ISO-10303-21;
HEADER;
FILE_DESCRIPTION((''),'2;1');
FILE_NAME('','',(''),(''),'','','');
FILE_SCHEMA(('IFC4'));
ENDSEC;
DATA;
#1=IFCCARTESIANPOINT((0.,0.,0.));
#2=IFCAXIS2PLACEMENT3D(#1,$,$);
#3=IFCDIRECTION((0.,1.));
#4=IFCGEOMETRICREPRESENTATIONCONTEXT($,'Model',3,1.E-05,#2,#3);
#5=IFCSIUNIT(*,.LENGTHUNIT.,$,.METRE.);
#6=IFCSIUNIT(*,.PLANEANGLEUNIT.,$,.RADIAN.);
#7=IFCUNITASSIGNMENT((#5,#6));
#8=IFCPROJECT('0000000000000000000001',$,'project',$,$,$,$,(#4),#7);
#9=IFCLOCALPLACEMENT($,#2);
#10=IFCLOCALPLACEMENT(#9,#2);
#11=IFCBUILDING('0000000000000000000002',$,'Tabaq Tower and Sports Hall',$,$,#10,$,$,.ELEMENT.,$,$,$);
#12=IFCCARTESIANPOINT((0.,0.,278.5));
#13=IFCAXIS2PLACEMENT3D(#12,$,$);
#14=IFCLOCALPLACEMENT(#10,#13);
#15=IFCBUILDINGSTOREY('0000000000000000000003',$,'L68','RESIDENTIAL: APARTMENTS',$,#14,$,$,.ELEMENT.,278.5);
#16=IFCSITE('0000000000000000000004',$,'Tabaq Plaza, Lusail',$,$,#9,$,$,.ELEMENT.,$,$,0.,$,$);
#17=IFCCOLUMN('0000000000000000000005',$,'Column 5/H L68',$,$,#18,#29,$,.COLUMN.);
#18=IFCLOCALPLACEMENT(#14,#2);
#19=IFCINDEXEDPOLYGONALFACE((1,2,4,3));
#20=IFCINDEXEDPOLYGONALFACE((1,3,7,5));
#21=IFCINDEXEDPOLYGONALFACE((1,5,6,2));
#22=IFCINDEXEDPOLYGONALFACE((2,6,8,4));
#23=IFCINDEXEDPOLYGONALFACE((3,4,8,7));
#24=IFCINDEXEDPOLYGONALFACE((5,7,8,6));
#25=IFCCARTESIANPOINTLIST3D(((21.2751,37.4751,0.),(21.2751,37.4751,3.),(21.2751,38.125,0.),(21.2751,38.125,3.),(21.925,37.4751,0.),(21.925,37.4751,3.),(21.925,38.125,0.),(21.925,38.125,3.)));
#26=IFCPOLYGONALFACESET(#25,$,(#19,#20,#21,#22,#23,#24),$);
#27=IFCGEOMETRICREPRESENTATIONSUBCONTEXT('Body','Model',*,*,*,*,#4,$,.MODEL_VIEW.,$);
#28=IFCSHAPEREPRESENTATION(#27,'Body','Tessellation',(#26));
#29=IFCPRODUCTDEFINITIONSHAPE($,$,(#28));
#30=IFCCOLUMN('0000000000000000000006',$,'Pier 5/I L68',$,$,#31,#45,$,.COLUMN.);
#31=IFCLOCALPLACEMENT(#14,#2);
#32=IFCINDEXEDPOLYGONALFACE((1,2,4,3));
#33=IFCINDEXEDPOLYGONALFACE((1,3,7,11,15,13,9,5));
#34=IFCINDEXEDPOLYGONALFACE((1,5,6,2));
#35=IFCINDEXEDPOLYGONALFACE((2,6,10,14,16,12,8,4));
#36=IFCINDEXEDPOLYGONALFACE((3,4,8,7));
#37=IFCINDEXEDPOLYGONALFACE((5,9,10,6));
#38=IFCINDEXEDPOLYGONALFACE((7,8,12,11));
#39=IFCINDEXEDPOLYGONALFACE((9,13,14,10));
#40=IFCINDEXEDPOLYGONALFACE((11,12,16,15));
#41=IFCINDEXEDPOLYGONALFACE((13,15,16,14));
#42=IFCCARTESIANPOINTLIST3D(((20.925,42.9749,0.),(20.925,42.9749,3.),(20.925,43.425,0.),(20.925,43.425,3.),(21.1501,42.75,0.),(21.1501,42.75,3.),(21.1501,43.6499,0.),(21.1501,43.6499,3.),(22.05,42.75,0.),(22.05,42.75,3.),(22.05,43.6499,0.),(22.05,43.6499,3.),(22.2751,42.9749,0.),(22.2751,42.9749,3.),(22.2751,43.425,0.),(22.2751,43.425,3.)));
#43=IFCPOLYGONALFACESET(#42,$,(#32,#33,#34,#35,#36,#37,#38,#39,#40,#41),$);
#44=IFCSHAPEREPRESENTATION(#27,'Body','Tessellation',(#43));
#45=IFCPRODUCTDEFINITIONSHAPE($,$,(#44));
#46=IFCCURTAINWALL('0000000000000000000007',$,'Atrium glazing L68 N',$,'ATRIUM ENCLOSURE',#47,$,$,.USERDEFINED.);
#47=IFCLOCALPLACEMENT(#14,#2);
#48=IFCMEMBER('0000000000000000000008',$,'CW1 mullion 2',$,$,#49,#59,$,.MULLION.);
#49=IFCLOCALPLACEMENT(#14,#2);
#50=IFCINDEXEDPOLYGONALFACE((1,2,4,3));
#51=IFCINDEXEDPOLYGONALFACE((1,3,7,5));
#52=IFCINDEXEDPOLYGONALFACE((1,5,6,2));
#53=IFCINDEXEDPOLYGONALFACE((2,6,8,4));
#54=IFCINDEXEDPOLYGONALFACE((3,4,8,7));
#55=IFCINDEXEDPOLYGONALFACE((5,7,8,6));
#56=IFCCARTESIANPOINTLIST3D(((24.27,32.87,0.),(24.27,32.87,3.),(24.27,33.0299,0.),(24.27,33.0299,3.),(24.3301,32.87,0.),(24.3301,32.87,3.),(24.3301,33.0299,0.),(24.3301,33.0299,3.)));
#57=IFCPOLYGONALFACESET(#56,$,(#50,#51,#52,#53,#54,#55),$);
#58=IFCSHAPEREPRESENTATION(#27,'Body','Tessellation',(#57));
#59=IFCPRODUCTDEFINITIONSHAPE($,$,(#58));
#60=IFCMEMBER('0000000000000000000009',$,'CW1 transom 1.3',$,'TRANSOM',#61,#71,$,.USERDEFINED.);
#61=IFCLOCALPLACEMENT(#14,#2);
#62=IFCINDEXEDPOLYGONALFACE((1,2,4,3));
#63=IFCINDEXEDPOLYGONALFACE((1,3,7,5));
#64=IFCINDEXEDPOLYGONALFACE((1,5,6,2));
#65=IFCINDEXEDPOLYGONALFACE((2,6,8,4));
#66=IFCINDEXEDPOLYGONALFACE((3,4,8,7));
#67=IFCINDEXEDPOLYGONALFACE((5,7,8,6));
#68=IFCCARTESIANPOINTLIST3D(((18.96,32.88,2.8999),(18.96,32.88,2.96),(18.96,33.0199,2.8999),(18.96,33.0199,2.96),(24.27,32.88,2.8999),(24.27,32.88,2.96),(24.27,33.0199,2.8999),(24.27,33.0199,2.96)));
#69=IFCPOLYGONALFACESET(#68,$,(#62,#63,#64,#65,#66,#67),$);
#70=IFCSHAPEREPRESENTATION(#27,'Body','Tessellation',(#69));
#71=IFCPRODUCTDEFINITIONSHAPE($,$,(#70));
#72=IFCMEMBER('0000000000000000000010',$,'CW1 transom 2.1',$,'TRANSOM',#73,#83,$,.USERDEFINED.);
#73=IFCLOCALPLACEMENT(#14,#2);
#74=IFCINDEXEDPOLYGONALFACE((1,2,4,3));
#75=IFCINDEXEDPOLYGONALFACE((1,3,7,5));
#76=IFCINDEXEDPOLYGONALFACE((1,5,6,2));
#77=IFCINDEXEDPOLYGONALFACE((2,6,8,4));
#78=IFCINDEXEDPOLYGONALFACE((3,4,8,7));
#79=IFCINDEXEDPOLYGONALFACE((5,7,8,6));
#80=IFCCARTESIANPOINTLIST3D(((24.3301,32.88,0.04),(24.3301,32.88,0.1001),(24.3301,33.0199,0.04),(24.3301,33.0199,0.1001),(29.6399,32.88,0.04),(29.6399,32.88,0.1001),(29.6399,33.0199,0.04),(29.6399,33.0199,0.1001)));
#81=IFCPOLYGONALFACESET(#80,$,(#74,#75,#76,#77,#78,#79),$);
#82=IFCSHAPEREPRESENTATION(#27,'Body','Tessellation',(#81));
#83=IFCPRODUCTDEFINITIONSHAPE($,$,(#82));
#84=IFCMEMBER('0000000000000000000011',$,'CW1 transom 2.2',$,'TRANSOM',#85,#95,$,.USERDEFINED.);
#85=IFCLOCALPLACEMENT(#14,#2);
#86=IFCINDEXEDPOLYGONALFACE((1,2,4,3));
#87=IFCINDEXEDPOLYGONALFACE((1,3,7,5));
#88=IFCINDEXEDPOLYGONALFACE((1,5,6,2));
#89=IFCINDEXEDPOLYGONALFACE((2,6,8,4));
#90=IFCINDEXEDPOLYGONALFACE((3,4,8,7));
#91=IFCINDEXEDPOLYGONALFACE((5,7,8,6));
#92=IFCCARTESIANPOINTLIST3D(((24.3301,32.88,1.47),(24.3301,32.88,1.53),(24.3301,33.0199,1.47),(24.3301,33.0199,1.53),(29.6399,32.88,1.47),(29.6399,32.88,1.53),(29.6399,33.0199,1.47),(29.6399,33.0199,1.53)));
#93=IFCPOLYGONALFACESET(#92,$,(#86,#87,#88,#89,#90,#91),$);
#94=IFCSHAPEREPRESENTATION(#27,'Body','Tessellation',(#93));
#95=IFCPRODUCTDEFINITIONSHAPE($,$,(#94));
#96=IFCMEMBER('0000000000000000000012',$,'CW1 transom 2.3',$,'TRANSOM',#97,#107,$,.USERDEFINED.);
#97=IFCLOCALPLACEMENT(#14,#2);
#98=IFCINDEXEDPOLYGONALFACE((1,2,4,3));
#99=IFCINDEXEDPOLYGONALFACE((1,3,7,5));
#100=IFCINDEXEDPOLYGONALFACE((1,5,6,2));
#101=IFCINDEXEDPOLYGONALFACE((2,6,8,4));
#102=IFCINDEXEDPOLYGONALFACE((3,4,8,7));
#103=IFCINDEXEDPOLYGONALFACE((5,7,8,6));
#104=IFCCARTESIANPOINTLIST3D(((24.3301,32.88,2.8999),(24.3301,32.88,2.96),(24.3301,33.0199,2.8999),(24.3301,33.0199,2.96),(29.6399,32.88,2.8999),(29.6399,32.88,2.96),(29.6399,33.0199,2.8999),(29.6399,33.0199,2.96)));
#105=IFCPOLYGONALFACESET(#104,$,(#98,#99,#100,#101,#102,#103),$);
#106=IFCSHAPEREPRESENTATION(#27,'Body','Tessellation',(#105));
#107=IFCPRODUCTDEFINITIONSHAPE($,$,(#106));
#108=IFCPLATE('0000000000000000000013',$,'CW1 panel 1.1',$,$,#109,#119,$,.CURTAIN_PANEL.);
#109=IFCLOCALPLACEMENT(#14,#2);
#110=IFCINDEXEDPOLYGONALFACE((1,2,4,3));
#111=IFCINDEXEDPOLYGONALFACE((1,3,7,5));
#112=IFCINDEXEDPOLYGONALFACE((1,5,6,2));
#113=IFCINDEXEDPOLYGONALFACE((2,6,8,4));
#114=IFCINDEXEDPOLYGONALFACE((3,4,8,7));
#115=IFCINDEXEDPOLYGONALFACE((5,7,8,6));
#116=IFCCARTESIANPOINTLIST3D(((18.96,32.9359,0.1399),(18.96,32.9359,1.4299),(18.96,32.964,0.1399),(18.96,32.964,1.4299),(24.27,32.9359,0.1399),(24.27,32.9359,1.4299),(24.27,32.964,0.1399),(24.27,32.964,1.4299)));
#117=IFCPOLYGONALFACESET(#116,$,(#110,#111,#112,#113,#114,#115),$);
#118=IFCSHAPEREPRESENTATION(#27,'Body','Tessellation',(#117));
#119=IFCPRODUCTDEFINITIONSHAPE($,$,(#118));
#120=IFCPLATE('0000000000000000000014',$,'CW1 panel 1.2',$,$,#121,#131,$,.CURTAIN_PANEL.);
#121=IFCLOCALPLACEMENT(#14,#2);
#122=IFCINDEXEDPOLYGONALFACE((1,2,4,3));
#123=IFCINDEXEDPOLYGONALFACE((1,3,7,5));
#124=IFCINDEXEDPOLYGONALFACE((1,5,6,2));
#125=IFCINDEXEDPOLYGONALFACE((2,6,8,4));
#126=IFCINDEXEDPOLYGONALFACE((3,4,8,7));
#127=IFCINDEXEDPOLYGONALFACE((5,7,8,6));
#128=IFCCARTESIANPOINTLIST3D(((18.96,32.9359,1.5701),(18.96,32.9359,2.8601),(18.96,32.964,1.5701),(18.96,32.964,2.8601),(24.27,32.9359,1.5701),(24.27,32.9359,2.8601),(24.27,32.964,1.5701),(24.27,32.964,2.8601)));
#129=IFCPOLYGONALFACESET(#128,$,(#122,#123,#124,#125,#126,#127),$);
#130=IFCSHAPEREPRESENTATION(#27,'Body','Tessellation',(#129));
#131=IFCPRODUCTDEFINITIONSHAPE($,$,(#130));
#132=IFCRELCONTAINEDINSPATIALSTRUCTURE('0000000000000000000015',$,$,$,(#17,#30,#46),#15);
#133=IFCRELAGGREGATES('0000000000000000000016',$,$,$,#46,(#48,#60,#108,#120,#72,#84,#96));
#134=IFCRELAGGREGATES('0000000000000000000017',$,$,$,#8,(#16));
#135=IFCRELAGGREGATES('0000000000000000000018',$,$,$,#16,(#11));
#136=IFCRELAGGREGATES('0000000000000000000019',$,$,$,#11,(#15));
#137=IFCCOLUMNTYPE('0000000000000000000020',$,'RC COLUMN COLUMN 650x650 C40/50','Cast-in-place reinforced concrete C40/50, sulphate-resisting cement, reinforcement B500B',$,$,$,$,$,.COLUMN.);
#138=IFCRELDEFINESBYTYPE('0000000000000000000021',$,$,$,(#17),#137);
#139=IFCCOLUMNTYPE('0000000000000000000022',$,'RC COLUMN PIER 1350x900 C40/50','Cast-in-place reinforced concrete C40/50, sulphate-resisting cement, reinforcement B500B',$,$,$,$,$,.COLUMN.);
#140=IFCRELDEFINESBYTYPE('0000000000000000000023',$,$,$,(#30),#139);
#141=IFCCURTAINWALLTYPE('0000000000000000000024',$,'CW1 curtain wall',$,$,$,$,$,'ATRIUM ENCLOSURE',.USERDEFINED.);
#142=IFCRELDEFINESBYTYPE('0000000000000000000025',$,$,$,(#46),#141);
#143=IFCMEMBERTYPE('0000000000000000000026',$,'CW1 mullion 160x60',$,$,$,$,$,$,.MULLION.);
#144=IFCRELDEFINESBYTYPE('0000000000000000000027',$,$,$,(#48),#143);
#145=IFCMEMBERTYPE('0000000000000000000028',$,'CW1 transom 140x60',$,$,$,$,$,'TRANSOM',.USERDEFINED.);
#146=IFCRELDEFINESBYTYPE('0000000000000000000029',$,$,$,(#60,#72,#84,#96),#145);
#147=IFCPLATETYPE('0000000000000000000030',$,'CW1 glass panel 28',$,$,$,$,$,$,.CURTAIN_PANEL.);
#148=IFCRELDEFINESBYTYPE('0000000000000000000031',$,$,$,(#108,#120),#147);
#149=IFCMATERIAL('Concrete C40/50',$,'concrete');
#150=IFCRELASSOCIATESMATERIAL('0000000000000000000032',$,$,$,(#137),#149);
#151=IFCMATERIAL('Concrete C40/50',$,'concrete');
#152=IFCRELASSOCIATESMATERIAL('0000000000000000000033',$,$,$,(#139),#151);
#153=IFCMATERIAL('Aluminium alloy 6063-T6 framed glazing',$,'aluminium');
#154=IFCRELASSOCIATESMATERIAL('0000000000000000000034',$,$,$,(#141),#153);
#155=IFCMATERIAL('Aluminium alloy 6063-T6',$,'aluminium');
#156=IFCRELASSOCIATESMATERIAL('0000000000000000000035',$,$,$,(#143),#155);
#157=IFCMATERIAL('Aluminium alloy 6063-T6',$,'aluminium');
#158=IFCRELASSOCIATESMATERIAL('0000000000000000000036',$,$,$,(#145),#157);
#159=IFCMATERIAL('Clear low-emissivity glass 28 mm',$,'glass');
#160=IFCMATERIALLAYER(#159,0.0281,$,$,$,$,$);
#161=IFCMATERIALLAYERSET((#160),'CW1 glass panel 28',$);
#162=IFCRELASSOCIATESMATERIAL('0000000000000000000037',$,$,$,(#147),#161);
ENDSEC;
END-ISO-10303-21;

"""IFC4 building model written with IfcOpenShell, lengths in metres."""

from ifc_helpers import new_model, si_unit, direction, frame, origin, origin_2d, place, context, subcontext, project, spatial, polyline, rectangle, outline, extrude, material, layer, layer_set, material_profile, profile_set, type_object, element, aggregate, save


model = new_model("IFC4")

# Units and contexts
model_context = context("Model", 3, precision=1e-05, world=origin(), true_north=direction((0.0, 1.0)))
body_context = subcontext(model_context, "Body", "Model", "MODEL_VIEW")
ifc_project = project(units=[si_unit("LENGTHUNIT", "METRE"), si_unit("PLANEANGLEUNIT", "RADIAN")], contexts=[model_context])

# Site, building, storey
site_placement = place(None, origin())
site = spatial("IfcSite", under=ifc_project, at=site_placement, Name="Tabaq Plaza, Lusail", CompositionType="ELEMENT", RefElevation=0.0)
building_placement = place(site_placement, origin())
building = spatial("IfcBuilding", under=site, at=building_placement, Name="Tabaq Tower and Sports Hall", CompositionType="ELEMENT")
storey_placement = place(building_placement, frame((0.0, 0.0, 278.5)))
storey = spatial("IfcBuildingStorey", under=building, at=storey_placement, Name="L68", Description="RESIDENTIAL: APARTMENTS", CompositionType="ELEMENT", Elevation=278.5)

# Columns
ifc_material_1 = material(Name="Concrete C40/50", Category="concrete")
ifc_material_profile_1 = material_profile(ifc_material_1, rectangle(XDim=0.6499, YDim=0.6499, at=origin_2d()), Name="COLUMN 650x650")
ifc_profile_set_1 = profile_set([ifc_material_profile_1], Name="Concrete C40/50")
column_type_1 = type_object("IfcColumnType", Name="RC COLUMN COLUMN 650x650 C40/50", Description="Cast-in-place reinforced concrete C40/50, sulphate-resisting cement, reinforcement B500B", PredefinedType="COLUMN", material=ifc_profile_set_1)
column_1_placement = place(storey_placement, frame((21.6001, 37.8, 0.0), z_axis=(0.0, 0.0, 1.0), x_axis=(1.0, 0.0, 0.0)))
element("IfcColumn", 1, at=column_1_placement, inside=storey, type_object=column_type_1, Name="Column 5/H L68", PredefinedType="COLUMN", context=body_context, shape_type="SweptSolid", body=[
    extrude(rectangle(XDim=0.6499, YDim=0.6499, at=origin_2d()), origin(), (0.0, 0.0, 1.0), 3.0),
])
ifc_material_2 = material(Name="Concrete C40/50", Category="concrete")
ifc_material_profile_2 = material_profile(ifc_material_2, outline(polyline([(-0.45, -0.45), (0.45, -0.45), (0.675, -0.2251), (0.675, 0.2251), (0.45, 0.45), (-0.45, 0.45), (-0.675, 0.2251), (-0.675, -0.2251), (-0.45, -0.45)])), Name="PIER 1350x900")
ifc_profile_set_2 = profile_set([ifc_material_profile_2], Name="Concrete C40/50")
column_type_2 = type_object("IfcColumnType", Name="RC COLUMN PIER 1350x900 C40/50", Description="Cast-in-place reinforced concrete C40/50, sulphate-resisting cement, reinforcement B500B", PredefinedType="COLUMN", material=ifc_profile_set_2)
column_2_placement = place(storey_placement, frame((21.6001, 43.2, 0.0), z_axis=(0.0, 0.0, 1.0), x_axis=(1.0, 0.0, 0.0)))
element("IfcColumn", 2, at=column_2_placement, inside=storey, type_object=column_type_2, Name="Pier 5/I L68", PredefinedType="COLUMN", context=body_context, shape_type="SweptSolid", body=[
    extrude(outline(polyline([(-0.45, -0.45), (0.45, -0.45), (0.675, -0.2251), (0.675, 0.2251), (0.45, 0.45), (-0.45, 0.45), (-0.675, 0.2251), (-0.675, -0.2251), (-0.45, -0.45)])), origin(), (0.0, 0.0, 1.0), 3.0),
])

# Curtain wall, members, plates
ifc_material_3 = material(Name="Aluminium alloy 6063-T6 framed glazing", Category="aluminium")
curtain_wall_type = type_object("IfcCurtainWallType", Name="CW1 curtain wall", ElementType="ATRIUM ENCLOSURE", PredefinedType="USERDEFINED", material=ifc_material_3)
curtain_wall_placement = place(storey_placement, origin())
curtain_wall = element("IfcCurtainWall", 3, at=curtain_wall_placement, inside=storey, type_object=curtain_wall_type, Name="Atrium glazing L68 N", ObjectType="ATRIUM ENCLOSURE", PredefinedType="USERDEFINED")
ifc_material_4 = material(Name="Aluminium alloy 6063-T6", Category="aluminium")
ifc_material_profile_3 = material_profile(ifc_material_4, rectangle(XDim=0.1599, YDim=0.0601, at=origin_2d()), Name="MULLION 160x60")
ifc_profile_set_3 = profile_set([ifc_material_profile_3], Name="Aluminium alloy 6063-T6")
member_type_1 = type_object("IfcMemberType", Name="CW1 mullion 160x60", PredefinedType="MULLION", material=ifc_profile_set_3)
member_1_placement = place(storey_placement, frame((24.3, 32.95, 0.0), z_axis=(0.0, 0.0, 1.0), x_axis=(0.0, 1.0, 0.0)))
member_1 = element("IfcMember", 4, at=member_1_placement, type_object=member_type_1, Name="CW1 mullion 2", PredefinedType="MULLION", context=body_context, shape_type="SweptSolid", body=[
    extrude(rectangle(XDim=0.1599, YDim=0.0601, at=origin_2d()), origin(), (0.0, 0.0, 1.0), 3.0),
])
ifc_material_5 = material(Name="Aluminium alloy 6063-T6", Category="aluminium")
ifc_material_profile_4 = material_profile(ifc_material_5, rectangle(XDim=0.1399, YDim=0.0601, at=origin_2d()), Name="TRANSOM 140x60")
ifc_profile_set_4 = profile_set([ifc_material_profile_4], Name="Aluminium alloy 6063-T6")
member_type_2 = type_object("IfcMemberType", Name="CW1 transom 140x60", ElementType="TRANSOM", PredefinedType="USERDEFINED", material=ifc_profile_set_4)
member_2_placement = place(storey_placement, frame((18.96, 32.95, 2.9299), z_axis=(1.0, 0.0, 0.0), x_axis=(0.0, 1.0, 0.0)))
member_2 = element("IfcMember", 5, at=member_2_placement, type_object=member_type_2, Name="CW1 transom 1.3", ObjectType="TRANSOM", PredefinedType="USERDEFINED", context=body_context, shape_type="SweptSolid", body=[
    extrude(rectangle(XDim=0.1399, YDim=0.0601, at=origin_2d()), origin(), (0.0, 0.0, 1.0), 5.3101),
])
member_3_placement = place(storey_placement, frame((24.3301, 32.95, 0.0701), z_axis=(1.0, 0.0, 0.0), x_axis=(0.0, 1.0, 0.0)))
member_3 = element("IfcMember", 6, at=member_3_placement, type_object=member_type_2, Name="CW1 transom 2.1", ObjectType="TRANSOM", PredefinedType="USERDEFINED", context=body_context, shape_type="SweptSolid", body=[
    extrude(rectangle(XDim=0.1399, YDim=0.0601, at=origin_2d()), origin(), (0.0, 0.0, 1.0), 5.3098),
])
member_4_placement = place(storey_placement, frame((24.3301, 32.95, 1.5), z_axis=(1.0, 0.0, 0.0), x_axis=(0.0, 1.0, 0.0)))
member_4 = element("IfcMember", 7, at=member_4_placement, type_object=member_type_2, Name="CW1 transom 2.2", ObjectType="TRANSOM", PredefinedType="USERDEFINED", context=body_context, shape_type="SweptSolid", body=[
    extrude(rectangle(XDim=0.1399, YDim=0.0601, at=origin_2d()), origin(), (0.0, 0.0, 1.0), 5.3098),
])
member_5_placement = place(storey_placement, frame((24.3301, 32.95, 2.9299), z_axis=(1.0, 0.0, 0.0), x_axis=(0.0, 1.0, 0.0)))
member_5 = element("IfcMember", 8, at=member_5_placement, type_object=member_type_2, Name="CW1 transom 2.3", ObjectType="TRANSOM", PredefinedType="USERDEFINED", context=body_context, shape_type="SweptSolid", body=[
    extrude(rectangle(XDim=0.1399, YDim=0.0601, at=origin_2d()), origin(), (0.0, 0.0, 1.0), 5.3098),
])
ifc_material_6 = material(Name="Clear low-emissivity glass 28 mm", Category="glass")
ifc_layer_1 = layer(ifc_material_6, 0.0281)
ifc_layer_set_1 = layer_set([ifc_layer_1], Name="CW1 glass panel 28")
plate_type = type_object("IfcPlateType", Name="CW1 glass panel 28", PredefinedType="CURTAIN_PANEL", material=ifc_layer_set_1)
plate_1_placement = place(storey_placement, frame((21.615, 32.95, 0.1399), z_axis=(0.0, 0.0, 1.0), x_axis=(1.0, 0.0, 0.0)))
plate_1 = element("IfcPlate", 9, at=plate_1_placement, type_object=plate_type, Name="CW1 panel 1.1", PredefinedType="CURTAIN_PANEL", context=body_context, shape_type="SweptSolid", body=[
    extrude(rectangle(XDim=5.3101, YDim=0.0281, at=origin_2d()), origin(), (0.0, 0.0, 1.0), 1.29),
])
plate_2_placement = place(storey_placement, frame((21.615, 32.95, 1.5701), z_axis=(0.0, 0.0, 1.0), x_axis=(1.0, 0.0, 0.0)))
plate_2 = element("IfcPlate", 10, at=plate_2_placement, type_object=plate_type, Name="CW1 panel 1.2", PredefinedType="CURTAIN_PANEL", context=body_context, shape_type="SweptSolid", body=[
    extrude(rectangle(XDim=5.3101, YDim=0.0281, at=origin_2d()), origin(), (0.0, 0.0, 1.0), 1.29),
])
aggregate(curtain_wall, [member_1, member_2, plate_1, plate_2, member_3, member_4, member_5])

save(model, "model.ifc")
